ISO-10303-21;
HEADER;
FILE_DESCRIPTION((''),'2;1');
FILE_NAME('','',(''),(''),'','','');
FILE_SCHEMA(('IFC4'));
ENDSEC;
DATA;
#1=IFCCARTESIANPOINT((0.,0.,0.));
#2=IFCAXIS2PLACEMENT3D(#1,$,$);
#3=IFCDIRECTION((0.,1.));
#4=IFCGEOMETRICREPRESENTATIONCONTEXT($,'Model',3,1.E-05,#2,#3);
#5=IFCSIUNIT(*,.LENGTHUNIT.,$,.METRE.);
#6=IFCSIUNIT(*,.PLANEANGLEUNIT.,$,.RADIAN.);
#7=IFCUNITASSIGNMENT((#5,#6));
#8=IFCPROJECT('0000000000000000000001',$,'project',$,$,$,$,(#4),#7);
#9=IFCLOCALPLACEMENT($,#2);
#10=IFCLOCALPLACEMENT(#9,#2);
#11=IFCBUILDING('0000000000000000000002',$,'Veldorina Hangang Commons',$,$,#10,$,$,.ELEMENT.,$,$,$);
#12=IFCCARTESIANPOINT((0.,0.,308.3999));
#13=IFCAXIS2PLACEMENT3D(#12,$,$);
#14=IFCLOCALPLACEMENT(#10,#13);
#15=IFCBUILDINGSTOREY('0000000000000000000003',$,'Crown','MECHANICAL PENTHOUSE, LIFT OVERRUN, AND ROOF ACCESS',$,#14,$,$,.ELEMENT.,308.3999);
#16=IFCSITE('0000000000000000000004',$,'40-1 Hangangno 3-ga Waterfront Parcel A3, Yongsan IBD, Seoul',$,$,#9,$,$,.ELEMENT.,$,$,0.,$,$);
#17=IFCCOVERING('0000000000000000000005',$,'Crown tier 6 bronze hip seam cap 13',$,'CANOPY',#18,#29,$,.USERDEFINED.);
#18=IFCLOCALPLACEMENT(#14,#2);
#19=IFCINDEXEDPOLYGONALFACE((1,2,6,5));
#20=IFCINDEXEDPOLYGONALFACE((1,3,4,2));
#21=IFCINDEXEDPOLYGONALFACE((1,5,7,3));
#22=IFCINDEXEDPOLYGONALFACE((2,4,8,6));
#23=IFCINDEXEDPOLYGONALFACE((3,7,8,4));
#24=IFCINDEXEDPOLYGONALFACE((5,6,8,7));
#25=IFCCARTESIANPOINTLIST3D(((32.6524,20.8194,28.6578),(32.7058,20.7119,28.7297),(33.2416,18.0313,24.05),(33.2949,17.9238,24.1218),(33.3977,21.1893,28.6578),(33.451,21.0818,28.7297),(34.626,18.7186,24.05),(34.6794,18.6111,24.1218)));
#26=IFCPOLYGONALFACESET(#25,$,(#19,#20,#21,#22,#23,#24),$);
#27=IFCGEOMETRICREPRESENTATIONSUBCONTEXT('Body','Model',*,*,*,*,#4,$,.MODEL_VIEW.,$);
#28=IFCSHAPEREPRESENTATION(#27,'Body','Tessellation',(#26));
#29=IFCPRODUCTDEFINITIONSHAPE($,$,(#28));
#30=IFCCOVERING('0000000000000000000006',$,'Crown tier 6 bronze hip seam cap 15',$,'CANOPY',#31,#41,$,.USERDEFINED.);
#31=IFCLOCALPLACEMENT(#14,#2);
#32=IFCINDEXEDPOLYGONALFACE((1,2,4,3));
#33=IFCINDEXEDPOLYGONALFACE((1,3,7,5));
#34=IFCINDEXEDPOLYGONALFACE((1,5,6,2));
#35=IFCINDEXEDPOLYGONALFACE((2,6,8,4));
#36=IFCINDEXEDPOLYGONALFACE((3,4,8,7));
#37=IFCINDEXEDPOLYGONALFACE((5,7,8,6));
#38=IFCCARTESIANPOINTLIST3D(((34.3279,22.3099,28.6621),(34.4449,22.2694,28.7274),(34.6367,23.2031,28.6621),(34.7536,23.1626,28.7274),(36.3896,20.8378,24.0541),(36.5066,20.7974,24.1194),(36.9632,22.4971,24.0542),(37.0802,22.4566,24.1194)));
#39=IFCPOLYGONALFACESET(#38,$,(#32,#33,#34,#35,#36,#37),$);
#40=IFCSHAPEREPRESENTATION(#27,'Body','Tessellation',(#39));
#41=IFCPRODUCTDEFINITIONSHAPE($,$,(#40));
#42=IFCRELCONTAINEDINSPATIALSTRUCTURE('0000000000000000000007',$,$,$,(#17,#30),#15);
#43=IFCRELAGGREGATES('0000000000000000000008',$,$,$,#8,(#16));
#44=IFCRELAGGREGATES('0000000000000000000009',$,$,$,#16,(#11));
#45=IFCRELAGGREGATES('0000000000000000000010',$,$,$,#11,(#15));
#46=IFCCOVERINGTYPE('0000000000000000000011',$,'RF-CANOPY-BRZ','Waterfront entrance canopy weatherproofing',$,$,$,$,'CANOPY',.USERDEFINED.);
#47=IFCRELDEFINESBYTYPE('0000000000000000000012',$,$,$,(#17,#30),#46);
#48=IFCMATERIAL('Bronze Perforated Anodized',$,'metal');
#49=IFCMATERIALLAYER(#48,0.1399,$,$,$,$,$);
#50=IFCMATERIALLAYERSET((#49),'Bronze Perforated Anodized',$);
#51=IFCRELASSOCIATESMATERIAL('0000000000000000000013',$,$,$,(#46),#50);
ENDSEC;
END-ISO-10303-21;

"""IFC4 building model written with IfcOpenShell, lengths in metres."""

from ifc_helpers import new_model, si_unit, direction, frame, origin, place, context, subcontext, project, spatial, polyline, outline, extrude, material, layer, layer_set, type_object, element, save


model = new_model("IFC4")

# Units and contexts
model_context = context("Model", 3, precision=1e-05, world=origin(), true_north=direction((0.0, 1.0)))
body_context = subcontext(model_context, "Body", "Model", "MODEL_VIEW")
ifc_project = project(units=[si_unit("LENGTHUNIT", "METRE"), si_unit("PLANEANGLEUNIT", "RADIAN")], contexts=[model_context])

# Site, building, storey
site_placement = place(None, origin())
site = spatial("IfcSite", under=ifc_project, at=site_placement, Name="40-1 Hangangno 3-ga Waterfront Parcel A3, Yongsan IBD, Seoul", CompositionType="ELEMENT", RefElevation=0.0)
building_placement = place(site_placement, origin())
building = spatial("IfcBuilding", under=site, at=building_placement, Name="Veldorina Hangang Commons", CompositionType="ELEMENT")
storey_placement = place(building_placement, frame((0.0, 0.0, 308.3999)))
storey = spatial("IfcBuildingStorey", under=building, at=storey_placement, Name="Crown", Description="MECHANICAL PENTHOUSE, LIFT OVERRUN, AND ROOF ACCESS", CompositionType="ELEMENT", Elevation=308.3999)

# Coverings
ifc_material_1 = material(Name="Bronze Perforated Anodized", Category="metal")
ifc_layer_1 = layer(ifc_material_1, 0.1399)
ifc_layer_set_1 = layer_set([ifc_layer_1], Name="Bronze Perforated Anodized")
covering_type = type_object("IfcCoveringType", Name="RF-CANOPY-BRZ", Description="Waterfront entrance canopy weatherproofing", ElementType="CANOPY", PredefinedType="USERDEFINED", material=ifc_layer_set_1)
covering_1_placement = place(storey_placement, frame((33.2949, 17.9238, 24.1218), z_axis=(0.381462, -0.768474, 0.513746), x_axis=(0.895718, 0.444623, -0.000001)))
element("IfcCovering", 1, at=covering_1_placement, inside=storey, type_object=covering_type, Name="Crown tier 6 bronze hip seam cap 13", ObjectType="CANOPY", PredefinedType="USERDEFINED", context=body_context, shape_type="SweptSolid", body=[
    extrude(outline(polyline([(0.0, 0.0), (1.5457, 0.0), (1.5439, 5.3708), (0.7119, 5.3708), (0.0, 0.0)])), origin(), (0.0, 0.0, -1.0), 0.1399),
])
covering_2_placement = place(storey_placement, frame((36.5066, 20.7974, 24.1194), z_axis=(0.836029, -0.289019, 0.466393), x_axis=(0.326721, 0.945121, 0.000022)))
element("IfcCovering", 2, at=covering_2_placement, inside=storey, type_object=covering_type, Name="Crown tier 6 bronze hip seam cap 15", ObjectType="CANOPY", PredefinedType="USERDEFINED", context=body_context, shape_type="SweptSolid", body=[
    extrude(outline(polyline([(0.0, 0.0), (1.7556, 0.0), (1.6628, 5.2092), (0.7178, 5.2092), (0.0, 0.0)])), origin(), (0.0, 0.0, -1.0), 0.1399),
])

save(model, "model.ifc")
